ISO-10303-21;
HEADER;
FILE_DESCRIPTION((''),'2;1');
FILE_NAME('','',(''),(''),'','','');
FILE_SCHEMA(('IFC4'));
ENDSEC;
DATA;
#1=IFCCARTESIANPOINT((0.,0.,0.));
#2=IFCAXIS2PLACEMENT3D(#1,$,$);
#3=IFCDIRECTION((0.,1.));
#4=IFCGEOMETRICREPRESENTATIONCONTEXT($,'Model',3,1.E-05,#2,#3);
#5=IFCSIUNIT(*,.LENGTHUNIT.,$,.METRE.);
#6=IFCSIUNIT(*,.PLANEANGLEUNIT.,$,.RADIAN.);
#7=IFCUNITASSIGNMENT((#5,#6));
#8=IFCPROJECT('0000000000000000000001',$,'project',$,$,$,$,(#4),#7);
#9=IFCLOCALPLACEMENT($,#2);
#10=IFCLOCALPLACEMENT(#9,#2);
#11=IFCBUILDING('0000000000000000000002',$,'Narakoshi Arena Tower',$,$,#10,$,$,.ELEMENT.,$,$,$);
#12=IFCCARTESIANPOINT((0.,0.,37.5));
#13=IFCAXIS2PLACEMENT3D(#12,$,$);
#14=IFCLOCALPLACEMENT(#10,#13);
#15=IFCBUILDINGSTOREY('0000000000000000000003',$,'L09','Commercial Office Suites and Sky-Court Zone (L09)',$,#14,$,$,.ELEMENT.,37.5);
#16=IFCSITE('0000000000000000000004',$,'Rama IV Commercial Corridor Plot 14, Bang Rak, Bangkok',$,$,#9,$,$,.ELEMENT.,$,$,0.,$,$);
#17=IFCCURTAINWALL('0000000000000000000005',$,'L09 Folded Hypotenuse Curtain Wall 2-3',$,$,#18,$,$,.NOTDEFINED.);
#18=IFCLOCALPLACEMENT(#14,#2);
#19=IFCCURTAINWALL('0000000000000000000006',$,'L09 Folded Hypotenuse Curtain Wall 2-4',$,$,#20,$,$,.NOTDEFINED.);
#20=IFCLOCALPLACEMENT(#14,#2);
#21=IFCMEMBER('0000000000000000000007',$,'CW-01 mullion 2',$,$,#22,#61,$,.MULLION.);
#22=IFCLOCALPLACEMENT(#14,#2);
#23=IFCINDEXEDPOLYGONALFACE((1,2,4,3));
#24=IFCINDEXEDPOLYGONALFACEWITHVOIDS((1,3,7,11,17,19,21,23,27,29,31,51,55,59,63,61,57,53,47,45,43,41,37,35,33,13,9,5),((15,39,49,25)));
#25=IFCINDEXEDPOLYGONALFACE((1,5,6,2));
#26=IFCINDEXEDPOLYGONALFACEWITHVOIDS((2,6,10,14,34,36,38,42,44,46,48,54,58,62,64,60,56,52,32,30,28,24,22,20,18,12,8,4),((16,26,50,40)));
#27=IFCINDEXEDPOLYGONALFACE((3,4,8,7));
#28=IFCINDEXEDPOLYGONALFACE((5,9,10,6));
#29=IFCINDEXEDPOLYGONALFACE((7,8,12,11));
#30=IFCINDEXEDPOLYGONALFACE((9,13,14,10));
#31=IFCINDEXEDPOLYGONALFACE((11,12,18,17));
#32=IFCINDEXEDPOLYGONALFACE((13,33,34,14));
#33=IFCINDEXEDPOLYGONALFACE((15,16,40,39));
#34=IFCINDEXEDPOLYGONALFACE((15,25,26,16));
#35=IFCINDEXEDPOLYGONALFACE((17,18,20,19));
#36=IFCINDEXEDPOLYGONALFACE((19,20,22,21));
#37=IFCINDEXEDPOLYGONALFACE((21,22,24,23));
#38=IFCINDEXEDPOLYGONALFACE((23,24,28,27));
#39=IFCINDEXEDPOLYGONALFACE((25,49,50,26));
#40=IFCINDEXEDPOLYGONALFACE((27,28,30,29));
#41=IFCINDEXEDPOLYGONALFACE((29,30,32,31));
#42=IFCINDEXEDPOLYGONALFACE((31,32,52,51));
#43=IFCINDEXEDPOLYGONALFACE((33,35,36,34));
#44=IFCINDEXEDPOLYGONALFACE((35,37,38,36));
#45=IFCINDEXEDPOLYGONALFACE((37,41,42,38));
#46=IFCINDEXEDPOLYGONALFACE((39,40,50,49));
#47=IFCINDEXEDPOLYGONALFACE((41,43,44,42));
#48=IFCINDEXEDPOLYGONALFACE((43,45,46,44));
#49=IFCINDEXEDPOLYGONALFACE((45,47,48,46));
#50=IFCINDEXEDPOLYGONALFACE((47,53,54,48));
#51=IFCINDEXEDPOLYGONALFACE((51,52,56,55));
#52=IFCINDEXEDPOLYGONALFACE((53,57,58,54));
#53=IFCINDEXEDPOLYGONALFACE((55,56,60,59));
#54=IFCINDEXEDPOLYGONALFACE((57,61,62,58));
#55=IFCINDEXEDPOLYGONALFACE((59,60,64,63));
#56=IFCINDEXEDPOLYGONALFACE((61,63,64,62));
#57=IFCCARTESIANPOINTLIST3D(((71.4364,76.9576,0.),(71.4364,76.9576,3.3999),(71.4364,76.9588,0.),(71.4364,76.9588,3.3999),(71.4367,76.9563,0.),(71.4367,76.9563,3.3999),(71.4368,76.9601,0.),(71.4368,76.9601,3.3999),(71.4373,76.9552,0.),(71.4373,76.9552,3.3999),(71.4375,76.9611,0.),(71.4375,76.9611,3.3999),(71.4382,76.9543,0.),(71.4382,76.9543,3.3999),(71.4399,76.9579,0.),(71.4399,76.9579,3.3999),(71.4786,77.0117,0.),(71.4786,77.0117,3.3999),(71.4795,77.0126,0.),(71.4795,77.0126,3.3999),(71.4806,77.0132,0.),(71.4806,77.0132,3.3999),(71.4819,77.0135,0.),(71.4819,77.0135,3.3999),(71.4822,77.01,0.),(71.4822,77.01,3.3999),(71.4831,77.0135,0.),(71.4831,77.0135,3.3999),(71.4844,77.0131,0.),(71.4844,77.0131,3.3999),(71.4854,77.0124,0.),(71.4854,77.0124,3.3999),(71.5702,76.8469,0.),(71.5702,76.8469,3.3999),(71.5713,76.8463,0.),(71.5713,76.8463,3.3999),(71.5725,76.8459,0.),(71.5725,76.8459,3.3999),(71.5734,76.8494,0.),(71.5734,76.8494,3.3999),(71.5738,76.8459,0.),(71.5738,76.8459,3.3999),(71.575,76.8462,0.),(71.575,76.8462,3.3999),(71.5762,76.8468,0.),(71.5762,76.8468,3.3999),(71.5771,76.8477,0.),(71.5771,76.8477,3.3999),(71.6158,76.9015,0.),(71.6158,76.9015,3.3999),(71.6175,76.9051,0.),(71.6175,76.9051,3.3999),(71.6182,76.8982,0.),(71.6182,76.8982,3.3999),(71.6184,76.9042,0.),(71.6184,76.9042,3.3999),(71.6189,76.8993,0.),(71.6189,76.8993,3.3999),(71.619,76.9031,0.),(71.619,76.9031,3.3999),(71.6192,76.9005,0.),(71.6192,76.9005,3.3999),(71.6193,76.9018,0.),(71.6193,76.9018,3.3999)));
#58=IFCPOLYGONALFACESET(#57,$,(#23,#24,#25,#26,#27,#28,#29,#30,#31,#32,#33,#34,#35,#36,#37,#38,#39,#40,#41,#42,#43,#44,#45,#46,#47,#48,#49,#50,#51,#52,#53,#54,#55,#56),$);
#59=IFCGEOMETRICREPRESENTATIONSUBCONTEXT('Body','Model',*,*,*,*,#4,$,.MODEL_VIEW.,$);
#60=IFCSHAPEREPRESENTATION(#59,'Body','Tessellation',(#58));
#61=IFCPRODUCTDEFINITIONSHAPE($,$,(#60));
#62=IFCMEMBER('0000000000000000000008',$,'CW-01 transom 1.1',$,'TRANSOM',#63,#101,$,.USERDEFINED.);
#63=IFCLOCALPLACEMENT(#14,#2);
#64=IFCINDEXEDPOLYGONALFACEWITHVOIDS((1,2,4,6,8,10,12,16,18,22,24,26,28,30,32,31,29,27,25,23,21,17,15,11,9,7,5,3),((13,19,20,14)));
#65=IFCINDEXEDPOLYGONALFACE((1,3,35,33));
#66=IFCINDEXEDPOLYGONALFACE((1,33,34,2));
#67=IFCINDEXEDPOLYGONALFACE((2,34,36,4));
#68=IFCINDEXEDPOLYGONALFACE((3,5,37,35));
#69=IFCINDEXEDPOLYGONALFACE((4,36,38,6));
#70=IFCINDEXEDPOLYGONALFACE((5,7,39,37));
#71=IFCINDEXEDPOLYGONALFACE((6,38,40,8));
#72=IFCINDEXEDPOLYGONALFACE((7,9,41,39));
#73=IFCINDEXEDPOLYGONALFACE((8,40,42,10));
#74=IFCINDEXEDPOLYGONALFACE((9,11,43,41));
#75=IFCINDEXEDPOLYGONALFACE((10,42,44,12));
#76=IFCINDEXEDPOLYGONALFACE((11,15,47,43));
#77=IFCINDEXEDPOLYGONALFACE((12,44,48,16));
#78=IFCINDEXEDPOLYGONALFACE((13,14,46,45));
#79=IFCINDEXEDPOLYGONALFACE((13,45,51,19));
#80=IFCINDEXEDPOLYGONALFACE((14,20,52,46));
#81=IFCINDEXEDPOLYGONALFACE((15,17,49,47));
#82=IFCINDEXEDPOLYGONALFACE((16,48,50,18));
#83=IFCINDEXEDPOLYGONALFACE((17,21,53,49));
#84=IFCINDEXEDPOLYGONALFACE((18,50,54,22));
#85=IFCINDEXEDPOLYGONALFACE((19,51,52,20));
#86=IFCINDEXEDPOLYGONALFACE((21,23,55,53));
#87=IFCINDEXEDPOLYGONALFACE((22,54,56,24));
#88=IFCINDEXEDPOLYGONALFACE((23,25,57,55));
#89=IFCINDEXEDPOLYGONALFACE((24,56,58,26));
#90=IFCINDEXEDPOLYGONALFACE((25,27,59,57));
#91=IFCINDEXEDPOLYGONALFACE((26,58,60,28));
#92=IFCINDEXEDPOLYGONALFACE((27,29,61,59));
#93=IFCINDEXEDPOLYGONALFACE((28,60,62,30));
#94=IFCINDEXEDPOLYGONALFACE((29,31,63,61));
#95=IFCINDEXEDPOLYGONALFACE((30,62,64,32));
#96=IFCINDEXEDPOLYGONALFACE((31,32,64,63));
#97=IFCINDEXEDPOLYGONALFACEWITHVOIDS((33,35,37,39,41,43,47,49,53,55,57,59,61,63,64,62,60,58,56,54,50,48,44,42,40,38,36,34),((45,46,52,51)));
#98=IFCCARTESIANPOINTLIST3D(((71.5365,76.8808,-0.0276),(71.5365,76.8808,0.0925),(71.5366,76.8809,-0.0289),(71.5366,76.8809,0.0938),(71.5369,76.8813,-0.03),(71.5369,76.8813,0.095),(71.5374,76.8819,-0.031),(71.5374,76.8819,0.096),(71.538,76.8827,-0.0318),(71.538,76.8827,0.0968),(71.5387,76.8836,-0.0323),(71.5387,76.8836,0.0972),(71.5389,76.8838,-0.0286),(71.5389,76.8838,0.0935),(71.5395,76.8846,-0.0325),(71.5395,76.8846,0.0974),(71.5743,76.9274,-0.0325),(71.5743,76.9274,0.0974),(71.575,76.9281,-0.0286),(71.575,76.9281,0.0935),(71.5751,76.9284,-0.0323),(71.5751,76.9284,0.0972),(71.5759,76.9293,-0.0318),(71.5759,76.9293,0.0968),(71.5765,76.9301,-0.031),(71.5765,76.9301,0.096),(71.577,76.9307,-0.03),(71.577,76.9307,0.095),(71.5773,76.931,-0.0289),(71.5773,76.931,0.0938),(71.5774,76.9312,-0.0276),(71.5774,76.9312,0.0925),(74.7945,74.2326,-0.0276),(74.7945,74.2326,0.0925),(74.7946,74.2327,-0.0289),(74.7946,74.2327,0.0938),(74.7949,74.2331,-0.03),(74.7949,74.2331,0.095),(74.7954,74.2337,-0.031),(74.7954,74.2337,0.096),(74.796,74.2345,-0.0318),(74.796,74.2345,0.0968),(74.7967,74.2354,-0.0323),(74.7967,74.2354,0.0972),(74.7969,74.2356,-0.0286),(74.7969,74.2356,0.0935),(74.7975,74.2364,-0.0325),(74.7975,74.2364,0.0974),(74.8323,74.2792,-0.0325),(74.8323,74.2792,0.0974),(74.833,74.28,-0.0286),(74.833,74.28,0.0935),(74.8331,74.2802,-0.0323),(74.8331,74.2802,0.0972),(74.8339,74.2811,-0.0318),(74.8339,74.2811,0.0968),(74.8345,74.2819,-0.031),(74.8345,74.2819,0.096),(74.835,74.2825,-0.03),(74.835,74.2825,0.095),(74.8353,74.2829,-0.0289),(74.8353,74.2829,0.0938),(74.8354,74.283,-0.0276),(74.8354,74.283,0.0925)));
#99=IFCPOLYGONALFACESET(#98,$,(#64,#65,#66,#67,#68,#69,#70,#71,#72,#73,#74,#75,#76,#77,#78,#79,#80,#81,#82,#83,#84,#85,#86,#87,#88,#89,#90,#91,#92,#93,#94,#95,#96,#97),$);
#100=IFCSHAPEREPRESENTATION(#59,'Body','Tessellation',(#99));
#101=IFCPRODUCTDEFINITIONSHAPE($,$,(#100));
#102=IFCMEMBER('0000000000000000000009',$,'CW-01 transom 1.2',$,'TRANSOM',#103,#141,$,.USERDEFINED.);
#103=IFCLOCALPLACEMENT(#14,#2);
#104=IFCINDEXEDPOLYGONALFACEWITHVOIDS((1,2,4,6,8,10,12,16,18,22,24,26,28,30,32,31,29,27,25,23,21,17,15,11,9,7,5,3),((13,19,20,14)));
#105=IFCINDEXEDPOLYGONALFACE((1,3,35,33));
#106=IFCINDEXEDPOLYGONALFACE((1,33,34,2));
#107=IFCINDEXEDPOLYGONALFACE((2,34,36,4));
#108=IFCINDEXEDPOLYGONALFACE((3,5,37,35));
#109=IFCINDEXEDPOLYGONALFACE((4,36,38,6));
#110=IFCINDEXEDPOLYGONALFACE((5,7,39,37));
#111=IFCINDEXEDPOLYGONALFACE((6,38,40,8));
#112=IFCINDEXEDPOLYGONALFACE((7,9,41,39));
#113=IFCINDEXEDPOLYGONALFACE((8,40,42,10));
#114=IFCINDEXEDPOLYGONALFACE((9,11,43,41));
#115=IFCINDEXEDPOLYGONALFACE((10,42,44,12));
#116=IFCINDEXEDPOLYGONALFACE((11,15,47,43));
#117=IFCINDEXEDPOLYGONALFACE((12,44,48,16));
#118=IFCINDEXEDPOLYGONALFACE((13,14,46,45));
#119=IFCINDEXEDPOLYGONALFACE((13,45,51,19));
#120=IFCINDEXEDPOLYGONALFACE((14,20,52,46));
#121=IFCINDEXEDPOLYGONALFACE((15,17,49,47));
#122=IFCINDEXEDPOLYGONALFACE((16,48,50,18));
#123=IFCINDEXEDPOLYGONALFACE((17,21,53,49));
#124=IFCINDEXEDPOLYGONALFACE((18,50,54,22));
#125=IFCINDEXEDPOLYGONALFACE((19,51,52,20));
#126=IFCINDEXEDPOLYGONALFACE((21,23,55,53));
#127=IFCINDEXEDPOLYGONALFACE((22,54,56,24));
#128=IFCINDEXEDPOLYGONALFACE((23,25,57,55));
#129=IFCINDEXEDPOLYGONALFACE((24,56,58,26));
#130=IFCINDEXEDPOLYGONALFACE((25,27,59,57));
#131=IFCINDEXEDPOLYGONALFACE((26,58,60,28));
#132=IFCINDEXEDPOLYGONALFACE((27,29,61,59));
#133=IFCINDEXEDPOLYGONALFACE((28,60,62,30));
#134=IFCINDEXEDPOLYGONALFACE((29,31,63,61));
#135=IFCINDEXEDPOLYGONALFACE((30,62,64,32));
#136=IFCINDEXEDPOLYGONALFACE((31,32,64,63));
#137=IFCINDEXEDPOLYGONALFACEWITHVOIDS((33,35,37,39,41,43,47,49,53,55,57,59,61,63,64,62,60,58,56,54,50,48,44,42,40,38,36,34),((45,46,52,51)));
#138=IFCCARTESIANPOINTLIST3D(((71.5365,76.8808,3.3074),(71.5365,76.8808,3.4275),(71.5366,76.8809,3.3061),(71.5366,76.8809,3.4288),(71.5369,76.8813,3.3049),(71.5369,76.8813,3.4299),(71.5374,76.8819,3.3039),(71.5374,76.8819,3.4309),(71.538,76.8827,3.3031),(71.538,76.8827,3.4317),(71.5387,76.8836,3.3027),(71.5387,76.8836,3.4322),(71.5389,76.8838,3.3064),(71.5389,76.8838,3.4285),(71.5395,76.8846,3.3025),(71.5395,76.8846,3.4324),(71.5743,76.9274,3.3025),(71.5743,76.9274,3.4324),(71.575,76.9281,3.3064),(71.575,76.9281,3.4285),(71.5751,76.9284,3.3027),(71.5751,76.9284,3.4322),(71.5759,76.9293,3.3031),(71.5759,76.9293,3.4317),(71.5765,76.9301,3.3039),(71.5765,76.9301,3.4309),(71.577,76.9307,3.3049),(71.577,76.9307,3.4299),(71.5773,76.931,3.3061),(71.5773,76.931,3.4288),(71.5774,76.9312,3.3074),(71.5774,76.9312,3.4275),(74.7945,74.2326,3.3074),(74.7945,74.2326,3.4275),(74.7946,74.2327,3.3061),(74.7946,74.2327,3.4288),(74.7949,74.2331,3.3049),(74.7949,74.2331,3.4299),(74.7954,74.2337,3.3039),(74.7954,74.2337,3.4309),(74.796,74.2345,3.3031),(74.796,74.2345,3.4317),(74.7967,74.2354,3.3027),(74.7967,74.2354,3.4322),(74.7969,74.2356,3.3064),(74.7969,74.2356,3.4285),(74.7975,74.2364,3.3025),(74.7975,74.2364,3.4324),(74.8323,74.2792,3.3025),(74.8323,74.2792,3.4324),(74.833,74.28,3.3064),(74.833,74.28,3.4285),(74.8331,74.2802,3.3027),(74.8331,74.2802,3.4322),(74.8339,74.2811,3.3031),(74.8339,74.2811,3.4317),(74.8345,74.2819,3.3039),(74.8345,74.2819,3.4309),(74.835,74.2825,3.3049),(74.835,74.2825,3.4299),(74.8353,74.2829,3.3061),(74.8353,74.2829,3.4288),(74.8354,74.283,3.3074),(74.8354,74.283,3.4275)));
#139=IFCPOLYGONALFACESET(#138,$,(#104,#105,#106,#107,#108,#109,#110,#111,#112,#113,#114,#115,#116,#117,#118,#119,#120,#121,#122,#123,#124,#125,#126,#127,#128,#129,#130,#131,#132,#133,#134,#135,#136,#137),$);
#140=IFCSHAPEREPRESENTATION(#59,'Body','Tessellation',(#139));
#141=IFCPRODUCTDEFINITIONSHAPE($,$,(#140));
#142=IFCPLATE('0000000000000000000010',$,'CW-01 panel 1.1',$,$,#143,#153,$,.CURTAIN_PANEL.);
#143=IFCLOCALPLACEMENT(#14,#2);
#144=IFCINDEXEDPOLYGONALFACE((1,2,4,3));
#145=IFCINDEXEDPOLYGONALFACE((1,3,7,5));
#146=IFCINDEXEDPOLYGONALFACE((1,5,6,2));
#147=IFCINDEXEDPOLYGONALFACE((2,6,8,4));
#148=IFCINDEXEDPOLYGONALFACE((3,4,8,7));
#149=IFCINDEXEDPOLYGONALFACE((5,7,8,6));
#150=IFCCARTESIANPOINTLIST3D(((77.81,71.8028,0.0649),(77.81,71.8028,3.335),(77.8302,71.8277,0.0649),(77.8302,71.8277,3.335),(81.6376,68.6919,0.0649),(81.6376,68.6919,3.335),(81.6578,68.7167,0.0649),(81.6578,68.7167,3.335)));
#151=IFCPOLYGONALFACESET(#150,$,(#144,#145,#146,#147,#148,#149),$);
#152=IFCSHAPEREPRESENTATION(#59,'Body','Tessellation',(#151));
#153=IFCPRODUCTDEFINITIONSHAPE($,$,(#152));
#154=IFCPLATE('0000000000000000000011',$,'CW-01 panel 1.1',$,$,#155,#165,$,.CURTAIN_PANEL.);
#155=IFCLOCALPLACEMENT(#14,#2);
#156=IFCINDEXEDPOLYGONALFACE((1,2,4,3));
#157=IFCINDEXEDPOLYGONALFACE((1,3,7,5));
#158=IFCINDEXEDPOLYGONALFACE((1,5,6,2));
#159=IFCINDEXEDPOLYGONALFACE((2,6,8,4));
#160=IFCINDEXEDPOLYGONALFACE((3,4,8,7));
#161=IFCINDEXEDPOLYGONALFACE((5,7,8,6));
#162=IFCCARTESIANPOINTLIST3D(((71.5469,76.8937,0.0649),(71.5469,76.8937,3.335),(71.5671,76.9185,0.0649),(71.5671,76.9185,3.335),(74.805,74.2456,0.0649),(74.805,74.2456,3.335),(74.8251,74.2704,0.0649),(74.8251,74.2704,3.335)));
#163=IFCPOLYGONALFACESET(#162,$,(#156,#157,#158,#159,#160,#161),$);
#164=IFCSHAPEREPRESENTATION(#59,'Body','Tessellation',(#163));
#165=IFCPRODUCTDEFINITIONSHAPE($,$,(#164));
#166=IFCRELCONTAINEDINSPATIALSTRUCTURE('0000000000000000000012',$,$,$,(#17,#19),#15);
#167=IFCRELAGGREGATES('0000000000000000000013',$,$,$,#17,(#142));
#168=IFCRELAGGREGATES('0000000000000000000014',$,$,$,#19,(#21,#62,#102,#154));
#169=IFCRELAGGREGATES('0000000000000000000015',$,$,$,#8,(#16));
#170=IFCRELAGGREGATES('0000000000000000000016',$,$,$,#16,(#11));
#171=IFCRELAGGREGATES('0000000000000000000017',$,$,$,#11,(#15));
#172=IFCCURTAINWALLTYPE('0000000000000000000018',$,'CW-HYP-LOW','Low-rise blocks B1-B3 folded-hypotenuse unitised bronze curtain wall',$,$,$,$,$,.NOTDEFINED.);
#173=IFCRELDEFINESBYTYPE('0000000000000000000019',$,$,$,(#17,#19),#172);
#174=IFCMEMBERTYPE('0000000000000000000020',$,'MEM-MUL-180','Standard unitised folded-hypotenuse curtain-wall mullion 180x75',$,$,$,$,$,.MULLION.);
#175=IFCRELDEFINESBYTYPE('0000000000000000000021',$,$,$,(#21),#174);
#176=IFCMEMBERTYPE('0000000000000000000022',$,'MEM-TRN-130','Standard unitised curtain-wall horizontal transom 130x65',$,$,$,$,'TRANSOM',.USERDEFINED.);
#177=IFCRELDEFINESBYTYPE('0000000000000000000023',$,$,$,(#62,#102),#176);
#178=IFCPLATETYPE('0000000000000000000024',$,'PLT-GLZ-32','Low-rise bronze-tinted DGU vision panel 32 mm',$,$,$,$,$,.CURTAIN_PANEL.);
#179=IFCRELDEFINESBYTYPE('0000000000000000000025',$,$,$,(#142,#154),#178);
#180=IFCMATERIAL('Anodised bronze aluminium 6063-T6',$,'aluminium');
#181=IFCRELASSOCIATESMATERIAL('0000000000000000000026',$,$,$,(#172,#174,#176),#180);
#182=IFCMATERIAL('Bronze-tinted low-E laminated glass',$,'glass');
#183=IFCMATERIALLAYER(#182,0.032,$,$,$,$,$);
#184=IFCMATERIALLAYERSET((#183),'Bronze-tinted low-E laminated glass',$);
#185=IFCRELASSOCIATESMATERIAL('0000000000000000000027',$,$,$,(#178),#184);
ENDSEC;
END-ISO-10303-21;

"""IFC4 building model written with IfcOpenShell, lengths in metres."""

from ifc_helpers import new_model, si_unit, direction, frame, origin, origin_2d, place, context, subcontext, project, spatial, rectangle, hollow_rectangle, extrude, material, layer, layer_set, material_profile, profile_set, type_object, element, aggregate, save


model = new_model("IFC4")

# Units and contexts
model_context = context("Model", 3, precision=1e-05, world=origin(), true_north=direction((0.0, 1.0)))
body_context = subcontext(model_context, "Body", "Model", "MODEL_VIEW")
ifc_project = project(units=[si_unit("LENGTHUNIT", "METRE"), si_unit("PLANEANGLEUNIT", "RADIAN")], contexts=[model_context])

# Site, building, storey
site_placement = place(None, origin())
site = spatial("IfcSite", under=ifc_project, at=site_placement, Name="Rama IV Commercial Corridor Plot 14, Bang Rak, Bangkok", CompositionType="ELEMENT", RefElevation=0.0)
building_placement = place(site_placement, origin())
building = spatial("IfcBuilding", under=site, at=building_placement, Name="Narakoshi Arena Tower", CompositionType="ELEMENT")
storey_placement = place(building_placement, frame((0.0, 0.0, 37.5)))
storey = spatial("IfcBuildingStorey", under=building, at=storey_placement, Name="L09", Description="Commercial Office Suites and Sky-Court Zone (L09)", CompositionType="ELEMENT", Elevation=37.5)

# Curtain wall
ifc_material_1 = material(Name="Anodised bronze aluminium 6063-T6", Category="aluminium")
curtain_wall_type = type_object("IfcCurtainWallType", Name="CW-HYP-LOW", Description="Low-rise blocks B1-B3 folded-hypotenuse unitised bronze curtain wall", PredefinedType="NOTDEFINED", material=ifc_material_1)
curtain_wall_1_placement = place(storey_placement, origin())
curtain_wall_1 = element("IfcCurtainWall", 1, at=curtain_wall_1_placement, inside=storey, type_object=curtain_wall_type, Name="L09 Folded Hypotenuse Curtain Wall 2-3", PredefinedType="NOTDEFINED")
ifc_material_profile_1 = material_profile(ifc_material_1, hollow_rectangle(XDim=0.075, YDim=0.1799, WallThickness=0.0039, OuterFilletRadius=0.0049, at=origin_2d()), Name="MUL180x75x4")
ifc_profile_set_1 = profile_set([ifc_material_profile_1], Name="Anodised bronze aluminium 6063-T6")
member_type_1 = type_object("IfcMemberType", Name="MEM-MUL-180", Description="Standard unitised folded-hypotenuse curtain-wall mullion 180x75", PredefinedType="MULLION", material=ifc_profile_set_1)

# Curtain wall, members
curtain_wall_2_placement = place(storey_placement, origin())
curtain_wall_2 = element("IfcCurtainWall", 2, at=curtain_wall_2_placement, inside=storey, type_object=curtain_wall_type, Name="L09 Folded Hypotenuse Curtain Wall 2-4", PredefinedType="NOTDEFINED")
member_1_placement = place(storey_placement, frame((71.5278, 76.9297, 0.0), z_axis=(0.0, 0.0, 1.0), x_axis=(-0.630734, -0.775999, 0.0)))
member_1 = element("IfcMember", 3, at=member_1_placement, type_object=member_type_1, Name="CW-01 mullion 2", PredefinedType="MULLION", context=body_context, shape_type="SweptSolid", body=[
    extrude(hollow_rectangle(XDim=0.075, YDim=0.1799, WallThickness=0.0039, OuterFilletRadius=0.0049, at=origin_2d()), origin(), (0.0, 0.0, 1.0), 3.3999),
])
ifc_material_profile_2 = material_profile(ifc_material_1, hollow_rectangle(XDim=0.0649, YDim=0.1299, WallThickness=0.0039, OuterFilletRadius=0.0049, at=origin_2d()), Name="TRN130x65x4")
ifc_profile_set_2 = profile_set([ifc_material_profile_2], Name="Anodised bronze aluminium 6063-T6")
member_type_2 = type_object("IfcMemberType", Name="MEM-TRN-130", Description="Standard unitised curtain-wall horizontal transom 130x65", ElementType="TRANSOM", PredefinedType="USERDEFINED", material=ifc_profile_set_2)
member_2_placement = place(storey_placement, frame((74.8149, 74.2578, 0.0325), z_axis=(-0.775995, 0.630739, 0.0), x_axis=(-0.630739, -0.775995, 0.0)))
member_2 = element("IfcMember", 4, at=member_2_placement, type_object=member_type_2, Name="CW-01 transom 1.1", ObjectType="TRANSOM", PredefinedType="USERDEFINED", context=body_context, shape_type="SweptSolid", body=[
    extrude(hollow_rectangle(XDim=0.0649, YDim=0.1299, WallThickness=0.0039, OuterFilletRadius=0.0049, at=origin_2d()), origin(), (0.0, 0.0, 1.0), 4.1985),
])
member_3_placement = place(storey_placement, frame((74.8149, 74.2578, 3.3674), z_axis=(-0.775995, 0.630739, 0.0), x_axis=(-0.630739, -0.775995, 0.0)))
member_3 = element("IfcMember", 5, at=member_3_placement, type_object=member_type_2, Name="CW-01 transom 1.2", ObjectType="TRANSOM", PredefinedType="USERDEFINED", context=body_context, shape_type="SweptSolid", body=[
    extrude(hollow_rectangle(XDim=0.0649, YDim=0.1299, WallThickness=0.0039, OuterFilletRadius=0.0049, at=origin_2d()), origin(), (0.0, 0.0, 1.0), 4.1985),
])

# Plates
ifc_material_2 = material(Name="Bronze-tinted low-E laminated glass", Category="glass")
ifc_layer_1 = layer(ifc_material_2, 0.032)
ifc_layer_set_1 = layer_set([ifc_layer_1], Name="Bronze-tinted low-E laminated glass")
plate_type = type_object("IfcPlateType", Name="PLT-GLZ-32", Description="Low-rise bronze-tinted DGU vision panel 32 mm", PredefinedType="CURTAIN_PANEL", material=ifc_layer_set_1)
plate_1_placement = place(storey_placement, frame((79.7339, 70.2598, 0.0649), z_axis=(0.0, 0.0, 1.0), x_axis=(-0.776008, 0.630723, 0.0)))
plate_1 = element("IfcPlate", 6, at=plate_1_placement, type_object=plate_type, Name="CW-01 panel 1.1", PredefinedType="CURTAIN_PANEL", context=body_context, shape_type="SweptSolid", body=[
    extrude(rectangle(XDim=4.9324, YDim=0.032, at=origin_2d()), origin(), (0.0, 0.0, 1.0), 3.27),
])
aggregate(curtain_wall_1, [plate_1])
plate_2_placement = place(storey_placement, frame((73.186, 75.582, 0.0649), z_axis=(0.0, 0.0, 1.0), x_axis=(-0.775999, 0.630734, 0.0)))
plate_2 = element("IfcPlate", 7, at=plate_2_placement, type_object=plate_type, Name="CW-01 panel 1.1", PredefinedType="CURTAIN_PANEL", context=body_context, shape_type="SweptSolid", body=[
    extrude(rectangle(XDim=4.1985, YDim=0.032, at=origin_2d()), origin(), (0.0, 0.0, 1.0), 3.27),
])
aggregate(curtain_wall_2, [member_1, member_2, member_3, plate_2])

save(model, "model.ifc")
